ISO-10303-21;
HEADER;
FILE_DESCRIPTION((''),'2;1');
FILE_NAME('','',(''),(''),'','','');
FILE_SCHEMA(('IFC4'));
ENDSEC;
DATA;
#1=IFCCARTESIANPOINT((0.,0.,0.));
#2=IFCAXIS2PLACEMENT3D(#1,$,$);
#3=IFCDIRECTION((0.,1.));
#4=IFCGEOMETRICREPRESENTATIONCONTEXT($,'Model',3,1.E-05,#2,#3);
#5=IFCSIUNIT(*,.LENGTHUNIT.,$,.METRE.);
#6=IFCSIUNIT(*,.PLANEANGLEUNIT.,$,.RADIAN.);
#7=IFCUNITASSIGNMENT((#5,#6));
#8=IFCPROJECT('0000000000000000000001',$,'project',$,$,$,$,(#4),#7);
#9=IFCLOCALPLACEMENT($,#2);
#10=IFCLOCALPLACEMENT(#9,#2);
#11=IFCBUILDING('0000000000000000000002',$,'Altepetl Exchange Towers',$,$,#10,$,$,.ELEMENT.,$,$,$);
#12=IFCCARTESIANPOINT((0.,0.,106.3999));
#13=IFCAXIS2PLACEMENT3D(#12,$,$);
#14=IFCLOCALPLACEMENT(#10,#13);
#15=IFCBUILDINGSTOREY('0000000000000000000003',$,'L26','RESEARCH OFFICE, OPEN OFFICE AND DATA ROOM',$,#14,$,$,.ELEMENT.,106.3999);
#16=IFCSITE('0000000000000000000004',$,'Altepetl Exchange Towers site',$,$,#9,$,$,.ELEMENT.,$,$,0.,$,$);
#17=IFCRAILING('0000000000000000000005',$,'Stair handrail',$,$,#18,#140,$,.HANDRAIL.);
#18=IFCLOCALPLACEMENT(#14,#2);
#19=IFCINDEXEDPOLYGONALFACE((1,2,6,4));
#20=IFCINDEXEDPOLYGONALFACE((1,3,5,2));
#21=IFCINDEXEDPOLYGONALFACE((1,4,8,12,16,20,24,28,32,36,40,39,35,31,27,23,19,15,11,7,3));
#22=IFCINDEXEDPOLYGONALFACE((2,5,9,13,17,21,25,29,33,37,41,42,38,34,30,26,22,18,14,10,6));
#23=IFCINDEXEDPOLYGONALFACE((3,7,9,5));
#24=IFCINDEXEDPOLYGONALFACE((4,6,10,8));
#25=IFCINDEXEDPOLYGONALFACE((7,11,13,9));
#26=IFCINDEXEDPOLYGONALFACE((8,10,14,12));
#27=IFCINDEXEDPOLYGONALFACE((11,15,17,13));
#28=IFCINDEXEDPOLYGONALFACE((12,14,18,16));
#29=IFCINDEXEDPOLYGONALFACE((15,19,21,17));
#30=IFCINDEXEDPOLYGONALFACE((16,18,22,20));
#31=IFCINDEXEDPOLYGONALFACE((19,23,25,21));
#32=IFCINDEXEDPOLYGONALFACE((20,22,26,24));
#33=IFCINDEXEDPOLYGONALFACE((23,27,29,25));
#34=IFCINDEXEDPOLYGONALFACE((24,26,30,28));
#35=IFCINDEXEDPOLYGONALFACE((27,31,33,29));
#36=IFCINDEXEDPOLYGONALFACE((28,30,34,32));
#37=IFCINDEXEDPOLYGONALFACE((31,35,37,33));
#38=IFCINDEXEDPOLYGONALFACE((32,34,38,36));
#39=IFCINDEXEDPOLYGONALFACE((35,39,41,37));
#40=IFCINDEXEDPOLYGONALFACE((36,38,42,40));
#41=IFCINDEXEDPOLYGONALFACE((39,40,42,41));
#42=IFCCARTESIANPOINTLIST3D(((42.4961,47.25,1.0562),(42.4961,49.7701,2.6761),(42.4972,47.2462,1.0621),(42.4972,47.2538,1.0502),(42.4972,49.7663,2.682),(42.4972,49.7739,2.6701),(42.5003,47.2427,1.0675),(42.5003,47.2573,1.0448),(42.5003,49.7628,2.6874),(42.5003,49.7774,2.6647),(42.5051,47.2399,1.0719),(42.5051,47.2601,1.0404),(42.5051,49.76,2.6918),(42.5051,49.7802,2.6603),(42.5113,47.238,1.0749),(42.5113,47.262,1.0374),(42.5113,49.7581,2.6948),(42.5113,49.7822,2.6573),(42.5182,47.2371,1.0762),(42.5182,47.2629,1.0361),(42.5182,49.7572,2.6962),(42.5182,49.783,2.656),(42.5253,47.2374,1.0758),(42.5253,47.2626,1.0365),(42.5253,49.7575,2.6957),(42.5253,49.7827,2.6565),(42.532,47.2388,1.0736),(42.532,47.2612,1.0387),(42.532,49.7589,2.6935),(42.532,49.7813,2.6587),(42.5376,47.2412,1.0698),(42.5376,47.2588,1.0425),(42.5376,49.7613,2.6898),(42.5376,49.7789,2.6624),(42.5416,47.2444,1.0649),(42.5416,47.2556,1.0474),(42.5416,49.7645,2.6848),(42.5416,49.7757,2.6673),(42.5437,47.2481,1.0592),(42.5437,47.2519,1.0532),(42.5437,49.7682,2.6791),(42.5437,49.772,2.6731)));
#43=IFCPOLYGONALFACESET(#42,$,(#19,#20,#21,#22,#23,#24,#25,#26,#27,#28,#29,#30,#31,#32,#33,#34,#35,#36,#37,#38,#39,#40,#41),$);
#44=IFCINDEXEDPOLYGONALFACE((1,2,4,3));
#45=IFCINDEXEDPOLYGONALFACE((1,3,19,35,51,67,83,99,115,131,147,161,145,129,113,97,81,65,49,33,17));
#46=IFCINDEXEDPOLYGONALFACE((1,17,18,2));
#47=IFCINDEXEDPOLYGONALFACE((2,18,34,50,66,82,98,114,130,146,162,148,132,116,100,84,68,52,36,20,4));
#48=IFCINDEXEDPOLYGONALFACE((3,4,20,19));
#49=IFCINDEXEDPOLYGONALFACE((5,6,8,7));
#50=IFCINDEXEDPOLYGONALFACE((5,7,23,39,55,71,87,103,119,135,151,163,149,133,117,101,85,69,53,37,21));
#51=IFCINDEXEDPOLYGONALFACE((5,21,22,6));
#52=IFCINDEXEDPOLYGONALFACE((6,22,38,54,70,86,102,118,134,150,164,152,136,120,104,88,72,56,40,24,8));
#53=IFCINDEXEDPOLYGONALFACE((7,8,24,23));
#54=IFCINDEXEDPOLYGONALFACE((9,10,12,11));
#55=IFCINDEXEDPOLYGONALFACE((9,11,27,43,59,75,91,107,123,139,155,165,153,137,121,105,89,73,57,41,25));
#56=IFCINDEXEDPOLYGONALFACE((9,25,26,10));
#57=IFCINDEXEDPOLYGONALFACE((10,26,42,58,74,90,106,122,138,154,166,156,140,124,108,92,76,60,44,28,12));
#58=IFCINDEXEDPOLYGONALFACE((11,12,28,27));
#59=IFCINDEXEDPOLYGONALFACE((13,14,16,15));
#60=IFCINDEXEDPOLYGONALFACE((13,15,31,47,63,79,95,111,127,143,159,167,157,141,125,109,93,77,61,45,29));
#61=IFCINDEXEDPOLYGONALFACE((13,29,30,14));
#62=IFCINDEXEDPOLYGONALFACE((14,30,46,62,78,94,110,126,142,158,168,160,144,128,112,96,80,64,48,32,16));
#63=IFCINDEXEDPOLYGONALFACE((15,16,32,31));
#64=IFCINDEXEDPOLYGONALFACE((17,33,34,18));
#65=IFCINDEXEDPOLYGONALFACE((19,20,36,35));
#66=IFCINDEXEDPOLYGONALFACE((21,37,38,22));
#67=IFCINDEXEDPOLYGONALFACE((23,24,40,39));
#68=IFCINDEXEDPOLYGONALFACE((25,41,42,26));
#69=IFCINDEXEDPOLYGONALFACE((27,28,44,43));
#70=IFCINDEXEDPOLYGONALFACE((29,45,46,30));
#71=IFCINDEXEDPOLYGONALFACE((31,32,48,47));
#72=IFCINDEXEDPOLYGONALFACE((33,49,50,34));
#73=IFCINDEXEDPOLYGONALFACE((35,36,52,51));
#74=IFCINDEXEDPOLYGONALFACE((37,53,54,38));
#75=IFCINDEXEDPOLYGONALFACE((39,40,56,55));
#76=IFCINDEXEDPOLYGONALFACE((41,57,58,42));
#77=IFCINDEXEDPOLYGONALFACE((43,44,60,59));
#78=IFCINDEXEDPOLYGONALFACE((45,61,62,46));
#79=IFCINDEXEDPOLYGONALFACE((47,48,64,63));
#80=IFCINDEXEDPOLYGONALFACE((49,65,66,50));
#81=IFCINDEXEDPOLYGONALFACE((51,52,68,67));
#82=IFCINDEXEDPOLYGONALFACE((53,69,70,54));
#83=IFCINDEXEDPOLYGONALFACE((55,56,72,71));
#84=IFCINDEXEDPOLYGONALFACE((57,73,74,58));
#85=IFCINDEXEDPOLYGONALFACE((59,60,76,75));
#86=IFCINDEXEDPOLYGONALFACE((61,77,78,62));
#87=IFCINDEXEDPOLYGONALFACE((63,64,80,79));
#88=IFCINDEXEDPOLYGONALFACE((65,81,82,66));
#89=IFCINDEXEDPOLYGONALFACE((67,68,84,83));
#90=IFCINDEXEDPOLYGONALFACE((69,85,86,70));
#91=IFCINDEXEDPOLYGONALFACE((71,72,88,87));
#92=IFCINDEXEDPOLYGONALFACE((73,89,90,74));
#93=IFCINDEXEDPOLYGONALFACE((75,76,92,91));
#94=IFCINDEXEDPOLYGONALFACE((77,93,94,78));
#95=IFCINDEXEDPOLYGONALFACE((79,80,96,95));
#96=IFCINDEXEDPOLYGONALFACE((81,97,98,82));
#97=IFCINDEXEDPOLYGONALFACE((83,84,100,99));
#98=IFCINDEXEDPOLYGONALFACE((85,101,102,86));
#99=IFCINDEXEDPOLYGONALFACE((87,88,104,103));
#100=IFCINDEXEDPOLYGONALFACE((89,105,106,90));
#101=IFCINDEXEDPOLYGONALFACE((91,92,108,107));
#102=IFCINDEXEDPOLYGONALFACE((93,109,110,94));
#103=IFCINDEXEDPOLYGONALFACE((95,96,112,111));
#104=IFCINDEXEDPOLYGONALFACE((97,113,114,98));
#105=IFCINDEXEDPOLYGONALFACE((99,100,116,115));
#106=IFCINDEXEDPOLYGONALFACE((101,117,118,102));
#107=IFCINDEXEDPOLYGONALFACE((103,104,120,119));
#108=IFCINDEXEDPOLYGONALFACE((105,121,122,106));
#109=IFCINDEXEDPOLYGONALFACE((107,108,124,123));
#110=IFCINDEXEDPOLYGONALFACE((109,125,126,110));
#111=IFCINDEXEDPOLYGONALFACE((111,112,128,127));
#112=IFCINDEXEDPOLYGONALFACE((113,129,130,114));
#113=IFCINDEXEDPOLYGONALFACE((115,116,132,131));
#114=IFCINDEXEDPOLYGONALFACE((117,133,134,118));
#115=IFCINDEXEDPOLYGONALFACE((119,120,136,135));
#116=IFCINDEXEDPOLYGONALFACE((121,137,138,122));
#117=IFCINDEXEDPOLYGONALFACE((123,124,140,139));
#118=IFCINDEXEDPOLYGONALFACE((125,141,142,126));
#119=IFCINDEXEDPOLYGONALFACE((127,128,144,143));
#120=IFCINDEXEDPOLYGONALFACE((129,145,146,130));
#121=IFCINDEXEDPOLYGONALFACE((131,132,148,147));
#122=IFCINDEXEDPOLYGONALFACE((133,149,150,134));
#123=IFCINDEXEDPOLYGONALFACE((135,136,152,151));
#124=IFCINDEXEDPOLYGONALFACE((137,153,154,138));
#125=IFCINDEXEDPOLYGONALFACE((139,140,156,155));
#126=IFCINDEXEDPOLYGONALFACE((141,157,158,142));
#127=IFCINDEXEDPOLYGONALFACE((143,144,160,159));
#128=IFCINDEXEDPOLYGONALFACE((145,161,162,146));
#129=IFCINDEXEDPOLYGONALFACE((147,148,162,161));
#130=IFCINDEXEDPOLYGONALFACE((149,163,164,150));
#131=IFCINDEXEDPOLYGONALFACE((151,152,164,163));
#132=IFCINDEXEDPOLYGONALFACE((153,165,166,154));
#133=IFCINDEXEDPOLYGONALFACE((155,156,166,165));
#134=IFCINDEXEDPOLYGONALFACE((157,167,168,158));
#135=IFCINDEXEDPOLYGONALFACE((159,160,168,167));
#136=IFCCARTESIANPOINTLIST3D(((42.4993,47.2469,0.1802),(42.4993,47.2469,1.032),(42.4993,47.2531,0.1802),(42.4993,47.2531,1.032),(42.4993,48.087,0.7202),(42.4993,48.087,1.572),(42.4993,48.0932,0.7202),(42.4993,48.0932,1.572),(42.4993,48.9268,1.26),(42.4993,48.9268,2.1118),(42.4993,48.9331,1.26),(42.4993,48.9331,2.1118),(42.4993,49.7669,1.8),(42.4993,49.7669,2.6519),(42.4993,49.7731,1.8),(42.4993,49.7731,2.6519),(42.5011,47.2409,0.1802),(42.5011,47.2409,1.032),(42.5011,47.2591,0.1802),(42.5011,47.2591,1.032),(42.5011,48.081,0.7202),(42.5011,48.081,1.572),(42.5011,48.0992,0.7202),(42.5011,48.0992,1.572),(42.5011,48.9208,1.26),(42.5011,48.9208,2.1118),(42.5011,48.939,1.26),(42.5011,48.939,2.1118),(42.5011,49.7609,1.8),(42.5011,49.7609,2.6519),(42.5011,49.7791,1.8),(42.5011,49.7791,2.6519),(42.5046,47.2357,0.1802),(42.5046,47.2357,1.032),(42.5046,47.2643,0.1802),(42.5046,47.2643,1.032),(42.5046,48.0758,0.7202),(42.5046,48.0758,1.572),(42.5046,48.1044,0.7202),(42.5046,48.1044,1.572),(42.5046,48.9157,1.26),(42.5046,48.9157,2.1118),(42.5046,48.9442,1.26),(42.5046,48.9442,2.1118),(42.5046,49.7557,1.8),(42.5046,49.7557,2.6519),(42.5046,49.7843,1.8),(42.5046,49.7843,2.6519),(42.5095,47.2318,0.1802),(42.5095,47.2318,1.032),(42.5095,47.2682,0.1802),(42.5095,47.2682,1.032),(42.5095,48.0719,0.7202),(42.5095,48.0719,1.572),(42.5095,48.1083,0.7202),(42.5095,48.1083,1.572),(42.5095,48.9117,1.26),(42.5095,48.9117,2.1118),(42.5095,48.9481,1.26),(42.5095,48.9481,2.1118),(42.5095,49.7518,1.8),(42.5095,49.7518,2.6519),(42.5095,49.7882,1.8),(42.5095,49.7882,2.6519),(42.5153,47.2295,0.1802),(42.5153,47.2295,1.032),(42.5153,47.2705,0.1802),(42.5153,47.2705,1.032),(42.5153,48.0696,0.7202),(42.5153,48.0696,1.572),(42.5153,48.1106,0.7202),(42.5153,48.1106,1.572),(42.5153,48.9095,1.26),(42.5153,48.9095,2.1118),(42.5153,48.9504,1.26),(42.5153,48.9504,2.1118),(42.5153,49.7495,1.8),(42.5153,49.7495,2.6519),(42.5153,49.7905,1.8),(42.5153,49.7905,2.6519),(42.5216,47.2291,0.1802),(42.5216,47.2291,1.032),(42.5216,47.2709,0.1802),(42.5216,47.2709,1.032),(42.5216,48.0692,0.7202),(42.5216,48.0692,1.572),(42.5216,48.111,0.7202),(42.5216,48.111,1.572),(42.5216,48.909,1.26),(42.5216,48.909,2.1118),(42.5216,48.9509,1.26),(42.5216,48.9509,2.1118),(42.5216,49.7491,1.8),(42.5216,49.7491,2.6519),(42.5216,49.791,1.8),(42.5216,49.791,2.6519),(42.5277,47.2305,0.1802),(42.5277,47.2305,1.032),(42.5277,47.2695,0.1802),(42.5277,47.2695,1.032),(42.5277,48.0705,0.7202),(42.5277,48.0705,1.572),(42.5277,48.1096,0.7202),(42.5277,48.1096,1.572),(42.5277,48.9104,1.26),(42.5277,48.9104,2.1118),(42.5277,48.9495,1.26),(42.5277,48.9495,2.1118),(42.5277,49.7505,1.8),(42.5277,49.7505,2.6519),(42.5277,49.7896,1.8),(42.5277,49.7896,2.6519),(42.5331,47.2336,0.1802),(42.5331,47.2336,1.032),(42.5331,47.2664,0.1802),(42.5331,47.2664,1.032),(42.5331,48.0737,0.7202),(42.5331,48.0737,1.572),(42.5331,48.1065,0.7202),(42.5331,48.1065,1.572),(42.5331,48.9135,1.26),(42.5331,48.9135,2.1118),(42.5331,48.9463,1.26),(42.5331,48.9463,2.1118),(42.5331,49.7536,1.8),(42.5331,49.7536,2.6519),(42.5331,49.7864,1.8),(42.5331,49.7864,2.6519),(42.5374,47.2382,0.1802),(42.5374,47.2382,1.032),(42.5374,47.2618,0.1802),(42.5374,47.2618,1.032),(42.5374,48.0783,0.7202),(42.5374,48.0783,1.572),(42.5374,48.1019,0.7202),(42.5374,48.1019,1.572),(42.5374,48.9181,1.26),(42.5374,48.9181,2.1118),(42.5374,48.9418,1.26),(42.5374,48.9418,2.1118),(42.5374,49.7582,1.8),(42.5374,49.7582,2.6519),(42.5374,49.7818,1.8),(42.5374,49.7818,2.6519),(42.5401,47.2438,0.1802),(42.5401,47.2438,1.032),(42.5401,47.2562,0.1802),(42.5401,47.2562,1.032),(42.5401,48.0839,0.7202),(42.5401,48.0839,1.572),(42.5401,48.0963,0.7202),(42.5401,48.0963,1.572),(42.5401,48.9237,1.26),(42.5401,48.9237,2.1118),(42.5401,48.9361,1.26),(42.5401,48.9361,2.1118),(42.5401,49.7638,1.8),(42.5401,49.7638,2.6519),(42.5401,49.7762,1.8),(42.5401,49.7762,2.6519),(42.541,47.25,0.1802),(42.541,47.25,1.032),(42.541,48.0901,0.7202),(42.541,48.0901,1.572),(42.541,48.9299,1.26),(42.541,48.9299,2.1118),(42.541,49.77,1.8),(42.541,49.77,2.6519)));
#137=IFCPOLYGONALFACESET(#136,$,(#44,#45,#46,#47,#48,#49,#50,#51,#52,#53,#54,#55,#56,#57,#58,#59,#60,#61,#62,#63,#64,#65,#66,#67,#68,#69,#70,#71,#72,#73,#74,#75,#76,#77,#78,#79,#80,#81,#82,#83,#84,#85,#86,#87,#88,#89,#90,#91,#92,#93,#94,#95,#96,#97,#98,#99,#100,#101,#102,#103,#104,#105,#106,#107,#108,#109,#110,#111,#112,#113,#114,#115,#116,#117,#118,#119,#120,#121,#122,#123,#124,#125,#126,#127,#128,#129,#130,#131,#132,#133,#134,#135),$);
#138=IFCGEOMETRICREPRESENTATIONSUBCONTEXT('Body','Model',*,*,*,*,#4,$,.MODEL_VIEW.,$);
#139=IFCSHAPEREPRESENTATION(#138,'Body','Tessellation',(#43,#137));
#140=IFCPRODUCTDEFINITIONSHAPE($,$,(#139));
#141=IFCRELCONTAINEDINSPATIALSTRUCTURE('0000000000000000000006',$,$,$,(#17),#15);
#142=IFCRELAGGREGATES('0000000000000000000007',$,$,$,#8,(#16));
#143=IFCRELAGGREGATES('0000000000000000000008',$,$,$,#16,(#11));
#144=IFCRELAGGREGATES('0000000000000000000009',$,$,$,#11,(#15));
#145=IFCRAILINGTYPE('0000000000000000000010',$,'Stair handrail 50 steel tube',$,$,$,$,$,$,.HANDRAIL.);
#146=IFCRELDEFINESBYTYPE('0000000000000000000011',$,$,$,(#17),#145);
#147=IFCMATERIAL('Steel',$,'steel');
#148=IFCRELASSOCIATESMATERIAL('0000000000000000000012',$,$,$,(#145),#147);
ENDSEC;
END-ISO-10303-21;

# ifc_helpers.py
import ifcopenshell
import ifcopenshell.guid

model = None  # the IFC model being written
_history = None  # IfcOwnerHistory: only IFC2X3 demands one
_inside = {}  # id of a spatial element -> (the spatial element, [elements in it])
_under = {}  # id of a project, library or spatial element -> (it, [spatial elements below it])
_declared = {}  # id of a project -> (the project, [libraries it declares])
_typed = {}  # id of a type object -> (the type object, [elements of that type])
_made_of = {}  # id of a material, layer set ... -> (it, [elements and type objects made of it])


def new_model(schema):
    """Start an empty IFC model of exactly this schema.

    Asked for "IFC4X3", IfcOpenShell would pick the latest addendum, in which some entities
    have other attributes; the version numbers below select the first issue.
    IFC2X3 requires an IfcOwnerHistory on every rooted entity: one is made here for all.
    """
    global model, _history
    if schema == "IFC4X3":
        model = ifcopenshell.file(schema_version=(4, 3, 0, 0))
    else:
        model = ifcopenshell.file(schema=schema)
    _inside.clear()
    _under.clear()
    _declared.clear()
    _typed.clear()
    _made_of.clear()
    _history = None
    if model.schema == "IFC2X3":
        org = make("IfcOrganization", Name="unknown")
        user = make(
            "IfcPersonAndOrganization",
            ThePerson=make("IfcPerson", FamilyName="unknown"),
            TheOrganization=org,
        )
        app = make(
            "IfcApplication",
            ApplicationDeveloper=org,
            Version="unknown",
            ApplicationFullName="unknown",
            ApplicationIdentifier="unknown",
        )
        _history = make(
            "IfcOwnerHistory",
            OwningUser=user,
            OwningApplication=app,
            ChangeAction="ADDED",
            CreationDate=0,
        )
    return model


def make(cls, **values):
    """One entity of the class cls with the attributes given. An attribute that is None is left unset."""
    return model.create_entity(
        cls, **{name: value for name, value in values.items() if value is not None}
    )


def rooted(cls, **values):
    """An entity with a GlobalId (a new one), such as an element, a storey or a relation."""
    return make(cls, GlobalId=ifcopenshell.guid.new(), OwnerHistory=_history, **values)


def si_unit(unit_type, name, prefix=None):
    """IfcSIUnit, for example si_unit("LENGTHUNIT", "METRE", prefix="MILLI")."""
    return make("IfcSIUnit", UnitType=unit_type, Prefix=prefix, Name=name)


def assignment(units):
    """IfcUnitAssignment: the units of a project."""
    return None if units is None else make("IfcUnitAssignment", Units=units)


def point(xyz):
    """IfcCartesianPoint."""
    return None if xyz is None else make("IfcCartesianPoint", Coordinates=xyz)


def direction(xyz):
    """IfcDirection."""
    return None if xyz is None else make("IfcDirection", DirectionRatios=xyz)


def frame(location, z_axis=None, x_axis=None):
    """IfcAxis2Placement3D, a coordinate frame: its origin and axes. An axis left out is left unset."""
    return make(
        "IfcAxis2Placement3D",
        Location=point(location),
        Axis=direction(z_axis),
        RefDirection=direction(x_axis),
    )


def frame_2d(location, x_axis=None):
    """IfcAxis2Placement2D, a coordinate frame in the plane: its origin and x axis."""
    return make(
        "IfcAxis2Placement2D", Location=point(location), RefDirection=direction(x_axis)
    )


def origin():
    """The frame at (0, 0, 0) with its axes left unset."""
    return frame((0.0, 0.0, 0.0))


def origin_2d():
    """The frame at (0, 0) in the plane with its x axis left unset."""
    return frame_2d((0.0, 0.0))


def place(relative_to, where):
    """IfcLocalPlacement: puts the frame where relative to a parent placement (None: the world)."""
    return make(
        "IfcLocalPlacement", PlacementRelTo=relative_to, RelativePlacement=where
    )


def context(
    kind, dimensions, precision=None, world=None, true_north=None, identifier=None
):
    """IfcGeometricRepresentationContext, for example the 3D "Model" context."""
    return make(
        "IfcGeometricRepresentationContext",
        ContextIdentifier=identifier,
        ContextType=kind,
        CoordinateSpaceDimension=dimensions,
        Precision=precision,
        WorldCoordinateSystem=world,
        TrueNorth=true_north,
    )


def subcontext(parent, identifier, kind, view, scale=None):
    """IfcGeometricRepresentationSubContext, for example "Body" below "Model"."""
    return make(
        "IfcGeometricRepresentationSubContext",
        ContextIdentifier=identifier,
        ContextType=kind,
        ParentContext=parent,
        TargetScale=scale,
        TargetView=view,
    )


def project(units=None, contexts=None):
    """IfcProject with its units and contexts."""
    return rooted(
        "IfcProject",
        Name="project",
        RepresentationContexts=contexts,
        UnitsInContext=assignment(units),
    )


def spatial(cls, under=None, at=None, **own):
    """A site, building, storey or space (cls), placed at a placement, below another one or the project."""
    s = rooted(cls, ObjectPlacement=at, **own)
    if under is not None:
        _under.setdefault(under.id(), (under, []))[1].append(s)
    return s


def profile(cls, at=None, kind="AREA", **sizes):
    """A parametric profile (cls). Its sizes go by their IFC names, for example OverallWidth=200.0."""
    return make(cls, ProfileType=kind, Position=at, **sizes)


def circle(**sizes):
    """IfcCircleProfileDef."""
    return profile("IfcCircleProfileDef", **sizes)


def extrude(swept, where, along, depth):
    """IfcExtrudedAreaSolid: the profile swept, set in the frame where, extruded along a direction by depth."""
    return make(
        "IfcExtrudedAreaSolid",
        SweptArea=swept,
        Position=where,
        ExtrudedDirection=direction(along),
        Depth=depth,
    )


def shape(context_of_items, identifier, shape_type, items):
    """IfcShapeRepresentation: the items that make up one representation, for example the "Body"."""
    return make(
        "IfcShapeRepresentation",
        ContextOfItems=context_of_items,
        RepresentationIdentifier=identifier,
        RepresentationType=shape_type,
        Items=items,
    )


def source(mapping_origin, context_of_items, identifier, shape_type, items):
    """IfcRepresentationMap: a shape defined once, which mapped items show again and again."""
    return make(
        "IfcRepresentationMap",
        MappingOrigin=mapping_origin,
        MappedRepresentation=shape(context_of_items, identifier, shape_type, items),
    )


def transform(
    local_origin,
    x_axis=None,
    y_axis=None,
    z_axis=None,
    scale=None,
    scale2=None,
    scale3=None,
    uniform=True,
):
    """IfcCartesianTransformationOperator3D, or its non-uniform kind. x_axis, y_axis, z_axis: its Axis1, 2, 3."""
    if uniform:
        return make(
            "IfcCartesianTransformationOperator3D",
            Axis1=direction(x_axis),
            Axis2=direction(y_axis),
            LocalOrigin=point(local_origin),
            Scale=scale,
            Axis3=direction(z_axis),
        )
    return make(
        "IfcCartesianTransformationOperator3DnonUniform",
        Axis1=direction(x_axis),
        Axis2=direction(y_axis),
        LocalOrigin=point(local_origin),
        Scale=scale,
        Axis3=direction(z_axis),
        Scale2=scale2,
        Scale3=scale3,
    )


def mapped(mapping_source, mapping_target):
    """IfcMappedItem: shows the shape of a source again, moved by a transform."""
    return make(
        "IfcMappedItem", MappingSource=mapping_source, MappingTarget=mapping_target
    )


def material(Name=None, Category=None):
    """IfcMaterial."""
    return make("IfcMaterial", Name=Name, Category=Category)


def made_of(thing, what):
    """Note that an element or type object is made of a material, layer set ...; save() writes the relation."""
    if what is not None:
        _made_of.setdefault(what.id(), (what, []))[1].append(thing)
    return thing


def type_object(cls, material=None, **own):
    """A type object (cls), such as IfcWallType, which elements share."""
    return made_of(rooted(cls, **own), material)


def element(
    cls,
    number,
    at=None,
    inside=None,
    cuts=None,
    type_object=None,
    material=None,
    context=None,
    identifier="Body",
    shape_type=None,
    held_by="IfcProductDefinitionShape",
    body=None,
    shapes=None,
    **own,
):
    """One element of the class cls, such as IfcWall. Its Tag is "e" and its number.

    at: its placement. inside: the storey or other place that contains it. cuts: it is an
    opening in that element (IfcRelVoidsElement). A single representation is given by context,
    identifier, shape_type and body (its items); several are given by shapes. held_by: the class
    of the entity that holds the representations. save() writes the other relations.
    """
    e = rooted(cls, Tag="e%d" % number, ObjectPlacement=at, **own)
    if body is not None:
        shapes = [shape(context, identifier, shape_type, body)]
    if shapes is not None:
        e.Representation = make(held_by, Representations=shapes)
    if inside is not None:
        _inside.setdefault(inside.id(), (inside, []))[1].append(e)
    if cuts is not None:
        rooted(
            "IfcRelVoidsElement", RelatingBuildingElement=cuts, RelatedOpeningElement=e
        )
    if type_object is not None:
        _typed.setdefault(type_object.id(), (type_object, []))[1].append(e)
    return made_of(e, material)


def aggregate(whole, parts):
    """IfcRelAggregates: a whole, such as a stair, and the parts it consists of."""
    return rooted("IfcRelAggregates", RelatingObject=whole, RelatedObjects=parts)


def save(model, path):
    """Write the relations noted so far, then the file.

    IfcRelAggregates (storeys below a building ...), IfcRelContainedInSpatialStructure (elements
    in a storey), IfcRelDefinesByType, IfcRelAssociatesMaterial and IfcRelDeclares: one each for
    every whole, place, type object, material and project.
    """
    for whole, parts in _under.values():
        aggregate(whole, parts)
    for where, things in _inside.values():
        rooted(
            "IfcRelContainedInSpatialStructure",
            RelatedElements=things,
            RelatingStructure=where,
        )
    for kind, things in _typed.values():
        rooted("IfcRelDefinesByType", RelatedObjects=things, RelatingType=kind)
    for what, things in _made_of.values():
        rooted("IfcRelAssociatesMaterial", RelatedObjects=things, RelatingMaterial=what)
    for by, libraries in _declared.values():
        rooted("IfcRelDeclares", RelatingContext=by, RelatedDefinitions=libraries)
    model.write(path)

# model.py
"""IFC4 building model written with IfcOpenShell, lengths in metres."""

from ifc_helpers import new_model, si_unit, direction, frame, origin, origin_2d, place, context, subcontext, project, spatial, circle, extrude, source, transform, mapped, material, type_object, element, save


model = new_model("IFC4")

# Units and contexts
model_context = context("Model", 3, precision=1e-05, world=origin(), true_north=direction((0.0, 1.0)))
body_context = subcontext(model_context, "Body", "Model", "MODEL_VIEW")
ifc_project = project(units=[si_unit("LENGTHUNIT", "METRE"), si_unit("PLANEANGLEUNIT", "RADIAN")], contexts=[model_context])

# Site, building, storey
site_placement = place(None, origin())
site = spatial("IfcSite", under=ifc_project, at=site_placement, Name="Altepetl Exchange Towers site", CompositionType="ELEMENT", RefElevation=0.0)
building_placement = place(site_placement, origin())
building = spatial("IfcBuilding", under=site, at=building_placement, Name="Altepetl Exchange Towers", CompositionType="ELEMENT")
storey_placement = place(building_placement, frame((0.0, 0.0, 106.3999)))
storey = spatial("IfcBuildingStorey", under=building, at=storey_placement, Name="L26", Description="RESEARCH OFFICE, OPEN OFFICE AND DATA ROOM", CompositionType="ELEMENT", Elevation=106.3999)

# Railing
ifc_material_1 = material(Name="Steel", Category="steel")
railing_type = type_object("IfcRailingType", Name="Stair handrail 50 steel tube", PredefinedType="HANDRAIL", material=ifc_material_1)
shared_shape = source(origin(), body_context, "Body", "SweptSolid", [
    extrude(circle(Radius=0.021, at=origin_2d()), origin(), (0.0, 0.0, 1.0), 0.8518),
])
railing_1_placement = place(storey_placement, frame((42.52, 47.25, 0.1802)))
element("IfcRailing", 1, at=railing_1_placement, inside=storey, type_object=railing_type, Name="Stair handrail", PredefinedType="HANDRAIL", context=body_context, shape_type="SweptSolid", body=[
    extrude(circle(Radius=0.0239, at=origin_2d()), frame((0.0, 0.0, 0.876), z_axis=(0.0, 0.8412, 0.540725), x_axis=(-1.0, 0.0, 0.0)), (0.0, 0.0, 1.0), 2.9958),
    mapped(shared_shape, transform((0.0, 0.0, 0.0))),
    mapped(shared_shape, transform((0.0, 0.8401, 0.54))),
    mapped(shared_shape, transform((0.0, 1.6799, 1.0798))),
    mapped(shared_shape, transform((0.0, 2.52, 1.6199))),
])

save(model, "model.ifc")
